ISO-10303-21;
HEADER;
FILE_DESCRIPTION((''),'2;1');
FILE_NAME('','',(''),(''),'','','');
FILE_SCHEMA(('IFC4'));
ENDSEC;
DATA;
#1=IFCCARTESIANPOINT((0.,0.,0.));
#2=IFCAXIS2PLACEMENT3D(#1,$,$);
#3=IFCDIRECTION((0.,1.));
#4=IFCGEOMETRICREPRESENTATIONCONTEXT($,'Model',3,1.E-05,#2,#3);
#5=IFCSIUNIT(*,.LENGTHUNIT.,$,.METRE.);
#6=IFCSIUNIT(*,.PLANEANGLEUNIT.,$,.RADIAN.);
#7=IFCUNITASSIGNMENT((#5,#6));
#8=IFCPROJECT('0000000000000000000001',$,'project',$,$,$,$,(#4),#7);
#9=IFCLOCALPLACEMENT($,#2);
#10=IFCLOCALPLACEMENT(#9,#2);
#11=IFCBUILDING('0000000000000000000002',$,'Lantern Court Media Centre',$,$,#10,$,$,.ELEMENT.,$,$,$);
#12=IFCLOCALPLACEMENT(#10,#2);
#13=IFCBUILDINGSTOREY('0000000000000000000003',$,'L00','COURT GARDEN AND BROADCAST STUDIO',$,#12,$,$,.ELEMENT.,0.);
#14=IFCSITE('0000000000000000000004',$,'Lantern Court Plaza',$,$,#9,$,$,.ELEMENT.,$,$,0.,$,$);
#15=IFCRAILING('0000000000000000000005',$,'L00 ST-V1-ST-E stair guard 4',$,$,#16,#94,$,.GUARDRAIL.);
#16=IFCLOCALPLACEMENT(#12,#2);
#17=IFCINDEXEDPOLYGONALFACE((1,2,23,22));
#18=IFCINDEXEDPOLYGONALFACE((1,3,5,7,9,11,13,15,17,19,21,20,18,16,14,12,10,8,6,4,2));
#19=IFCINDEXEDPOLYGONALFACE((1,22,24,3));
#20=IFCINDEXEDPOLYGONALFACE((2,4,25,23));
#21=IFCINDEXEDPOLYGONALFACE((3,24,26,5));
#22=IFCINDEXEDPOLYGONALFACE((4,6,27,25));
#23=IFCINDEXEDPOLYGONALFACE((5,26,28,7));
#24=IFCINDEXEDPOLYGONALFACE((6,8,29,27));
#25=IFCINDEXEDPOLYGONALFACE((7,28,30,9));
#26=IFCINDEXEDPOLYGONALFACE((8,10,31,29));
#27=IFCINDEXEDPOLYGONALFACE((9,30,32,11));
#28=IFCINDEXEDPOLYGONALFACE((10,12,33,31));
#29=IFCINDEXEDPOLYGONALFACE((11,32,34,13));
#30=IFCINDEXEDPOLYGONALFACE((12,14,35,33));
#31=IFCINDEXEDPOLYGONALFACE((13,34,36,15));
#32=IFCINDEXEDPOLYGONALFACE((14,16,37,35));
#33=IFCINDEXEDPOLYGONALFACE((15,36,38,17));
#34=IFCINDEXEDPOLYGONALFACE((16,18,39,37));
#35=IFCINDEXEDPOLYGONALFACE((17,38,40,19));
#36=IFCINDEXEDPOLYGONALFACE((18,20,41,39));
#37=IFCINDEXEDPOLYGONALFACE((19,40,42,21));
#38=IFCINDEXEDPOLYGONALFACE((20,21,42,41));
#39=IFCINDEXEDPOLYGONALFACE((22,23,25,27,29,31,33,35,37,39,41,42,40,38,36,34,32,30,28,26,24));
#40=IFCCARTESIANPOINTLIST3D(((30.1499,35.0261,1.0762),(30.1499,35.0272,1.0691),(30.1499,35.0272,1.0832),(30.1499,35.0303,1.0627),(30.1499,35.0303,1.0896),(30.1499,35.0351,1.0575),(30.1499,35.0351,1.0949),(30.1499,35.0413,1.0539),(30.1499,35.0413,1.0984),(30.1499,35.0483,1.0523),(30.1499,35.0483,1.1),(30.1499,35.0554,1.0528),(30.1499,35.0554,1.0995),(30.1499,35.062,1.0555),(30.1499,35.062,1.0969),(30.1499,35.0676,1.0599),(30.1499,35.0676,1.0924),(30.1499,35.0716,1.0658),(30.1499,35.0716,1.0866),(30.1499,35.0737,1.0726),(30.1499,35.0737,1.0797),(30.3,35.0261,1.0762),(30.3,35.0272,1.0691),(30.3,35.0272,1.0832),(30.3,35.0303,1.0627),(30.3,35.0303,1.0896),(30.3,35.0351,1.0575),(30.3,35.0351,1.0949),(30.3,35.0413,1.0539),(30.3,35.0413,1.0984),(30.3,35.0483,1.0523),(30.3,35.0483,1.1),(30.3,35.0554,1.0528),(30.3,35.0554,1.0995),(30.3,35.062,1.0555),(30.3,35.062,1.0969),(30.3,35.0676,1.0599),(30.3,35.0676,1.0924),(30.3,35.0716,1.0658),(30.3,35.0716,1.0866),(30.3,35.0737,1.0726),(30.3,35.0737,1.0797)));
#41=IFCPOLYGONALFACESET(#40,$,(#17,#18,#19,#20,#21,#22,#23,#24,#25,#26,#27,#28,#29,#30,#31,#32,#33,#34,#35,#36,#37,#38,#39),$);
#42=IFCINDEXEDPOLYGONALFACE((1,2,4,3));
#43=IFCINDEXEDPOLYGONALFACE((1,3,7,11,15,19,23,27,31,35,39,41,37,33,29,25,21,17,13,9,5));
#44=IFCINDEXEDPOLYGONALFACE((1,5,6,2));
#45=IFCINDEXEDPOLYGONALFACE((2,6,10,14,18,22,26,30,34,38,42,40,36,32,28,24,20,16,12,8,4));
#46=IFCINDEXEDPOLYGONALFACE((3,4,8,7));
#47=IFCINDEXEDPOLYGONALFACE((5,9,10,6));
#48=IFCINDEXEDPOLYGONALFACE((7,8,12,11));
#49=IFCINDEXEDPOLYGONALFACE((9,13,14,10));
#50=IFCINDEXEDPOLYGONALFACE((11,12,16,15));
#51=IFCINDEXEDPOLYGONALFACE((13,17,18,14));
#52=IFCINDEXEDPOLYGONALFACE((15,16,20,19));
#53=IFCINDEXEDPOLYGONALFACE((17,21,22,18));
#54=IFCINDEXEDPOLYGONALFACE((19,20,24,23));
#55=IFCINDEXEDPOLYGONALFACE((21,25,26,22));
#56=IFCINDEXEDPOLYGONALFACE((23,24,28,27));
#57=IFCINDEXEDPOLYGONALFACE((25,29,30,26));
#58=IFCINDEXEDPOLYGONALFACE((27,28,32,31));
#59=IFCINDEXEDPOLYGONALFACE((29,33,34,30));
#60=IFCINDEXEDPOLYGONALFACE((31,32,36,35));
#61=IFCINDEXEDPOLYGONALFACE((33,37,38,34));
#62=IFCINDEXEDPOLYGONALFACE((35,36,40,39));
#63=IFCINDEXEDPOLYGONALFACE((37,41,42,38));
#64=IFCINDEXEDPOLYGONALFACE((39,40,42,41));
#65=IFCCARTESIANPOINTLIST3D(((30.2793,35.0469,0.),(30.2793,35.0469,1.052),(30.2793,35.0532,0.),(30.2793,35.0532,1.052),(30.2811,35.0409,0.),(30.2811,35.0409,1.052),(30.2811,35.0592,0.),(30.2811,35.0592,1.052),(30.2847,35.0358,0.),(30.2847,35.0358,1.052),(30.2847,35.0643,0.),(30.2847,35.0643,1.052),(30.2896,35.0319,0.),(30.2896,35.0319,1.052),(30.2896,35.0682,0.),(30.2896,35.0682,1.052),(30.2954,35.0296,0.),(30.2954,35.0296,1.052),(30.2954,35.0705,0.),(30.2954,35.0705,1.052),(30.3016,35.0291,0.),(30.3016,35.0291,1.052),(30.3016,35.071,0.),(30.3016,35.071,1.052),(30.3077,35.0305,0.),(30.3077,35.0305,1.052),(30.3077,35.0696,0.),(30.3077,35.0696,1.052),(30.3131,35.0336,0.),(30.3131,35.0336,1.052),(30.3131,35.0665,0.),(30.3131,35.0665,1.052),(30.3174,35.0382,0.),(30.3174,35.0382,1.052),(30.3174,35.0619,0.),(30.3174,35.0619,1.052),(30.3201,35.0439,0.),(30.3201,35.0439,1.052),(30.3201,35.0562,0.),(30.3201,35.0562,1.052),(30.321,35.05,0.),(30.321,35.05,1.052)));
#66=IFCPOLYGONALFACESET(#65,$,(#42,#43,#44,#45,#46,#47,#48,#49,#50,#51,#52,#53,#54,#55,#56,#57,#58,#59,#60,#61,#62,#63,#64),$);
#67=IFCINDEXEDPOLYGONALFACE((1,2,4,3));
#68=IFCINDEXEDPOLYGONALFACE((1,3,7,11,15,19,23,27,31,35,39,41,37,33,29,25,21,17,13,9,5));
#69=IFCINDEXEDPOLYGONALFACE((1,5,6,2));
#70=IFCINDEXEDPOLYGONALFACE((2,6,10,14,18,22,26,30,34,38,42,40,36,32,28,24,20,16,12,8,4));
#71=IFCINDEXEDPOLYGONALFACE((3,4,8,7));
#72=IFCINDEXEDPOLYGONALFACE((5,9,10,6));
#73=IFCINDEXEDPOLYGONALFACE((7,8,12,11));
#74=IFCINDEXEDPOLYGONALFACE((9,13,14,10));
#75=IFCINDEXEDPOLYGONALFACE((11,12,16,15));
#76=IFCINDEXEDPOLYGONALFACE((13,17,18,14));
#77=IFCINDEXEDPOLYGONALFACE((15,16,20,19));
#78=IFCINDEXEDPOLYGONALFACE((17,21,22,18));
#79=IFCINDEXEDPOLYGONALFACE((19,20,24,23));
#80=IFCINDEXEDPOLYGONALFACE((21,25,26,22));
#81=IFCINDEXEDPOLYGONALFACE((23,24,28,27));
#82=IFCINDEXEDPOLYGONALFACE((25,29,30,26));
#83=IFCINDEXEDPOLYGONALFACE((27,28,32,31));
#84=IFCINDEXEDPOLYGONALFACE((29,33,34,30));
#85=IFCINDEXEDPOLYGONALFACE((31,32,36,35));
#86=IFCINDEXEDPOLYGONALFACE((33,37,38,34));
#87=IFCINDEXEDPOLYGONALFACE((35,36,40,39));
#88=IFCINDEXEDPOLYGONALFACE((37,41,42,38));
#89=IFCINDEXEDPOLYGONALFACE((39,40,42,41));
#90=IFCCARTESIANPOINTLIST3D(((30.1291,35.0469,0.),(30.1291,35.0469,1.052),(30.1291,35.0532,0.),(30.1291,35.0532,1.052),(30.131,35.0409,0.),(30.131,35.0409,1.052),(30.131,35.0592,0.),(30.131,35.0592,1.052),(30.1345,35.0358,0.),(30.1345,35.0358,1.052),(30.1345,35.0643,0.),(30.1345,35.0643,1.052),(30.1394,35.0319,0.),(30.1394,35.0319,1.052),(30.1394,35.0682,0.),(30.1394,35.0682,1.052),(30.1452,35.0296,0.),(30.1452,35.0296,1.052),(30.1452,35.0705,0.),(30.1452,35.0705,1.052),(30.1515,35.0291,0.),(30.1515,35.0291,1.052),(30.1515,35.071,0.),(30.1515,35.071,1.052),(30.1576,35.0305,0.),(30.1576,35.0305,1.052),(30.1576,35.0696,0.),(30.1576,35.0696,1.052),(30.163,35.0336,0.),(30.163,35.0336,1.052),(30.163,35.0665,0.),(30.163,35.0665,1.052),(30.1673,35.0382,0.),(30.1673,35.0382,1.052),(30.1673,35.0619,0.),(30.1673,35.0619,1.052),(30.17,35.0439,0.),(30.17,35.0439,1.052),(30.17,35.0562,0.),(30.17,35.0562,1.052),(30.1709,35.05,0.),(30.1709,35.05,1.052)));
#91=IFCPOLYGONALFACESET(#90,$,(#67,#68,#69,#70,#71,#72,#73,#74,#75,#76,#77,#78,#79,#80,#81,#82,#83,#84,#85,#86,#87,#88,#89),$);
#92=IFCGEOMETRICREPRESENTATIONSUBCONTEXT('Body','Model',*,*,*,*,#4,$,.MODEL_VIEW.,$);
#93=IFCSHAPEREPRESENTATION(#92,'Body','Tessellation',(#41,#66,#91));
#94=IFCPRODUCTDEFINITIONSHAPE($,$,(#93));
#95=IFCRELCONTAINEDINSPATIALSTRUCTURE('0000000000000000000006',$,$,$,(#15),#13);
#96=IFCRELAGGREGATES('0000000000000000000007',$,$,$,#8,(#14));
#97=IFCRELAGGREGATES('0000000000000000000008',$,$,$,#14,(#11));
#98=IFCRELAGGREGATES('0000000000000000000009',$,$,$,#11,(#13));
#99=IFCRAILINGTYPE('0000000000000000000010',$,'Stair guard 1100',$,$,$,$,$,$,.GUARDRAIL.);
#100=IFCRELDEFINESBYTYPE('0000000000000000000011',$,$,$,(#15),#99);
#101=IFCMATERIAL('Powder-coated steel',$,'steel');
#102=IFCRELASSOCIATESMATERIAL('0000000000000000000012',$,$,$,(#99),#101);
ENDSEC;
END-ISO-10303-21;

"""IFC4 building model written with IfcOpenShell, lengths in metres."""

from ifc_helpers import new_model, si_unit, direction, frame, origin, origin_2d, place, context, subcontext, project, spatial, circle, extrude, material, type_object, element, save


model = new_model("IFC4")

# Units and contexts
model_context = context("Model", 3, precision=1e-05, world=origin(), true_north=direction((0.0, 1.0)))
body_context = subcontext(model_context, "Body", "Model", "MODEL_VIEW")
ifc_project = project(units=[si_unit("LENGTHUNIT", "METRE"), si_unit("PLANEANGLEUNIT", "RADIAN")], contexts=[model_context])

# Site, building, storey
site_placement = place(None, origin())
site = spatial("IfcSite", under=ifc_project, at=site_placement, Name="Lantern Court Plaza", CompositionType="ELEMENT", RefElevation=0.0)
building_placement = place(site_placement, origin())
building = spatial("IfcBuilding", under=site, at=building_placement, Name="Lantern Court Media Centre", CompositionType="ELEMENT")
storey_placement = place(building_placement, origin())
storey = spatial("IfcBuildingStorey", under=building, at=storey_placement, Name="L00", Description="COURT GARDEN AND BROADCAST STUDIO", CompositionType="ELEMENT", Elevation=0.0)

# Railing
ifc_material_1 = material(Name="Powder-coated steel", Category="steel")
railing_type_1 = type_object("IfcRailingType", Name="Stair guard 1100", PredefinedType="GUARDRAIL", material=ifc_material_1)
railing_1_placement = place(storey_placement, frame((30.3, 35.05, 0.0)))
element("IfcRailing", 1, at=railing_1_placement, inside=storey, type_object=railing_type_1, Name="L00 ST-V1-ST-E stair guard 4", PredefinedType="GUARDRAIL", context=body_context, shape_type="SweptSolid", body=[
    extrude(circle(Radius=0.0239, at=origin_2d()), frame((0.0, 0.0, 1.0762), z_axis=(-1.0, 0.0, 0.0), x_axis=(0.0, -1.0, 0.0)), (0.0, 0.0, 1.0), 0.1501),
    extrude(circle(Radius=0.021, at=origin_2d()), origin(), (0.0, 0.0, 1.0), 1.052),
    extrude(circle(Radius=0.021, at=origin_2d()), frame((-0.1501, 0.0, 0.0)), (0.0, 0.0, 1.0), 1.052),
])

save(model, "model.ifc")
